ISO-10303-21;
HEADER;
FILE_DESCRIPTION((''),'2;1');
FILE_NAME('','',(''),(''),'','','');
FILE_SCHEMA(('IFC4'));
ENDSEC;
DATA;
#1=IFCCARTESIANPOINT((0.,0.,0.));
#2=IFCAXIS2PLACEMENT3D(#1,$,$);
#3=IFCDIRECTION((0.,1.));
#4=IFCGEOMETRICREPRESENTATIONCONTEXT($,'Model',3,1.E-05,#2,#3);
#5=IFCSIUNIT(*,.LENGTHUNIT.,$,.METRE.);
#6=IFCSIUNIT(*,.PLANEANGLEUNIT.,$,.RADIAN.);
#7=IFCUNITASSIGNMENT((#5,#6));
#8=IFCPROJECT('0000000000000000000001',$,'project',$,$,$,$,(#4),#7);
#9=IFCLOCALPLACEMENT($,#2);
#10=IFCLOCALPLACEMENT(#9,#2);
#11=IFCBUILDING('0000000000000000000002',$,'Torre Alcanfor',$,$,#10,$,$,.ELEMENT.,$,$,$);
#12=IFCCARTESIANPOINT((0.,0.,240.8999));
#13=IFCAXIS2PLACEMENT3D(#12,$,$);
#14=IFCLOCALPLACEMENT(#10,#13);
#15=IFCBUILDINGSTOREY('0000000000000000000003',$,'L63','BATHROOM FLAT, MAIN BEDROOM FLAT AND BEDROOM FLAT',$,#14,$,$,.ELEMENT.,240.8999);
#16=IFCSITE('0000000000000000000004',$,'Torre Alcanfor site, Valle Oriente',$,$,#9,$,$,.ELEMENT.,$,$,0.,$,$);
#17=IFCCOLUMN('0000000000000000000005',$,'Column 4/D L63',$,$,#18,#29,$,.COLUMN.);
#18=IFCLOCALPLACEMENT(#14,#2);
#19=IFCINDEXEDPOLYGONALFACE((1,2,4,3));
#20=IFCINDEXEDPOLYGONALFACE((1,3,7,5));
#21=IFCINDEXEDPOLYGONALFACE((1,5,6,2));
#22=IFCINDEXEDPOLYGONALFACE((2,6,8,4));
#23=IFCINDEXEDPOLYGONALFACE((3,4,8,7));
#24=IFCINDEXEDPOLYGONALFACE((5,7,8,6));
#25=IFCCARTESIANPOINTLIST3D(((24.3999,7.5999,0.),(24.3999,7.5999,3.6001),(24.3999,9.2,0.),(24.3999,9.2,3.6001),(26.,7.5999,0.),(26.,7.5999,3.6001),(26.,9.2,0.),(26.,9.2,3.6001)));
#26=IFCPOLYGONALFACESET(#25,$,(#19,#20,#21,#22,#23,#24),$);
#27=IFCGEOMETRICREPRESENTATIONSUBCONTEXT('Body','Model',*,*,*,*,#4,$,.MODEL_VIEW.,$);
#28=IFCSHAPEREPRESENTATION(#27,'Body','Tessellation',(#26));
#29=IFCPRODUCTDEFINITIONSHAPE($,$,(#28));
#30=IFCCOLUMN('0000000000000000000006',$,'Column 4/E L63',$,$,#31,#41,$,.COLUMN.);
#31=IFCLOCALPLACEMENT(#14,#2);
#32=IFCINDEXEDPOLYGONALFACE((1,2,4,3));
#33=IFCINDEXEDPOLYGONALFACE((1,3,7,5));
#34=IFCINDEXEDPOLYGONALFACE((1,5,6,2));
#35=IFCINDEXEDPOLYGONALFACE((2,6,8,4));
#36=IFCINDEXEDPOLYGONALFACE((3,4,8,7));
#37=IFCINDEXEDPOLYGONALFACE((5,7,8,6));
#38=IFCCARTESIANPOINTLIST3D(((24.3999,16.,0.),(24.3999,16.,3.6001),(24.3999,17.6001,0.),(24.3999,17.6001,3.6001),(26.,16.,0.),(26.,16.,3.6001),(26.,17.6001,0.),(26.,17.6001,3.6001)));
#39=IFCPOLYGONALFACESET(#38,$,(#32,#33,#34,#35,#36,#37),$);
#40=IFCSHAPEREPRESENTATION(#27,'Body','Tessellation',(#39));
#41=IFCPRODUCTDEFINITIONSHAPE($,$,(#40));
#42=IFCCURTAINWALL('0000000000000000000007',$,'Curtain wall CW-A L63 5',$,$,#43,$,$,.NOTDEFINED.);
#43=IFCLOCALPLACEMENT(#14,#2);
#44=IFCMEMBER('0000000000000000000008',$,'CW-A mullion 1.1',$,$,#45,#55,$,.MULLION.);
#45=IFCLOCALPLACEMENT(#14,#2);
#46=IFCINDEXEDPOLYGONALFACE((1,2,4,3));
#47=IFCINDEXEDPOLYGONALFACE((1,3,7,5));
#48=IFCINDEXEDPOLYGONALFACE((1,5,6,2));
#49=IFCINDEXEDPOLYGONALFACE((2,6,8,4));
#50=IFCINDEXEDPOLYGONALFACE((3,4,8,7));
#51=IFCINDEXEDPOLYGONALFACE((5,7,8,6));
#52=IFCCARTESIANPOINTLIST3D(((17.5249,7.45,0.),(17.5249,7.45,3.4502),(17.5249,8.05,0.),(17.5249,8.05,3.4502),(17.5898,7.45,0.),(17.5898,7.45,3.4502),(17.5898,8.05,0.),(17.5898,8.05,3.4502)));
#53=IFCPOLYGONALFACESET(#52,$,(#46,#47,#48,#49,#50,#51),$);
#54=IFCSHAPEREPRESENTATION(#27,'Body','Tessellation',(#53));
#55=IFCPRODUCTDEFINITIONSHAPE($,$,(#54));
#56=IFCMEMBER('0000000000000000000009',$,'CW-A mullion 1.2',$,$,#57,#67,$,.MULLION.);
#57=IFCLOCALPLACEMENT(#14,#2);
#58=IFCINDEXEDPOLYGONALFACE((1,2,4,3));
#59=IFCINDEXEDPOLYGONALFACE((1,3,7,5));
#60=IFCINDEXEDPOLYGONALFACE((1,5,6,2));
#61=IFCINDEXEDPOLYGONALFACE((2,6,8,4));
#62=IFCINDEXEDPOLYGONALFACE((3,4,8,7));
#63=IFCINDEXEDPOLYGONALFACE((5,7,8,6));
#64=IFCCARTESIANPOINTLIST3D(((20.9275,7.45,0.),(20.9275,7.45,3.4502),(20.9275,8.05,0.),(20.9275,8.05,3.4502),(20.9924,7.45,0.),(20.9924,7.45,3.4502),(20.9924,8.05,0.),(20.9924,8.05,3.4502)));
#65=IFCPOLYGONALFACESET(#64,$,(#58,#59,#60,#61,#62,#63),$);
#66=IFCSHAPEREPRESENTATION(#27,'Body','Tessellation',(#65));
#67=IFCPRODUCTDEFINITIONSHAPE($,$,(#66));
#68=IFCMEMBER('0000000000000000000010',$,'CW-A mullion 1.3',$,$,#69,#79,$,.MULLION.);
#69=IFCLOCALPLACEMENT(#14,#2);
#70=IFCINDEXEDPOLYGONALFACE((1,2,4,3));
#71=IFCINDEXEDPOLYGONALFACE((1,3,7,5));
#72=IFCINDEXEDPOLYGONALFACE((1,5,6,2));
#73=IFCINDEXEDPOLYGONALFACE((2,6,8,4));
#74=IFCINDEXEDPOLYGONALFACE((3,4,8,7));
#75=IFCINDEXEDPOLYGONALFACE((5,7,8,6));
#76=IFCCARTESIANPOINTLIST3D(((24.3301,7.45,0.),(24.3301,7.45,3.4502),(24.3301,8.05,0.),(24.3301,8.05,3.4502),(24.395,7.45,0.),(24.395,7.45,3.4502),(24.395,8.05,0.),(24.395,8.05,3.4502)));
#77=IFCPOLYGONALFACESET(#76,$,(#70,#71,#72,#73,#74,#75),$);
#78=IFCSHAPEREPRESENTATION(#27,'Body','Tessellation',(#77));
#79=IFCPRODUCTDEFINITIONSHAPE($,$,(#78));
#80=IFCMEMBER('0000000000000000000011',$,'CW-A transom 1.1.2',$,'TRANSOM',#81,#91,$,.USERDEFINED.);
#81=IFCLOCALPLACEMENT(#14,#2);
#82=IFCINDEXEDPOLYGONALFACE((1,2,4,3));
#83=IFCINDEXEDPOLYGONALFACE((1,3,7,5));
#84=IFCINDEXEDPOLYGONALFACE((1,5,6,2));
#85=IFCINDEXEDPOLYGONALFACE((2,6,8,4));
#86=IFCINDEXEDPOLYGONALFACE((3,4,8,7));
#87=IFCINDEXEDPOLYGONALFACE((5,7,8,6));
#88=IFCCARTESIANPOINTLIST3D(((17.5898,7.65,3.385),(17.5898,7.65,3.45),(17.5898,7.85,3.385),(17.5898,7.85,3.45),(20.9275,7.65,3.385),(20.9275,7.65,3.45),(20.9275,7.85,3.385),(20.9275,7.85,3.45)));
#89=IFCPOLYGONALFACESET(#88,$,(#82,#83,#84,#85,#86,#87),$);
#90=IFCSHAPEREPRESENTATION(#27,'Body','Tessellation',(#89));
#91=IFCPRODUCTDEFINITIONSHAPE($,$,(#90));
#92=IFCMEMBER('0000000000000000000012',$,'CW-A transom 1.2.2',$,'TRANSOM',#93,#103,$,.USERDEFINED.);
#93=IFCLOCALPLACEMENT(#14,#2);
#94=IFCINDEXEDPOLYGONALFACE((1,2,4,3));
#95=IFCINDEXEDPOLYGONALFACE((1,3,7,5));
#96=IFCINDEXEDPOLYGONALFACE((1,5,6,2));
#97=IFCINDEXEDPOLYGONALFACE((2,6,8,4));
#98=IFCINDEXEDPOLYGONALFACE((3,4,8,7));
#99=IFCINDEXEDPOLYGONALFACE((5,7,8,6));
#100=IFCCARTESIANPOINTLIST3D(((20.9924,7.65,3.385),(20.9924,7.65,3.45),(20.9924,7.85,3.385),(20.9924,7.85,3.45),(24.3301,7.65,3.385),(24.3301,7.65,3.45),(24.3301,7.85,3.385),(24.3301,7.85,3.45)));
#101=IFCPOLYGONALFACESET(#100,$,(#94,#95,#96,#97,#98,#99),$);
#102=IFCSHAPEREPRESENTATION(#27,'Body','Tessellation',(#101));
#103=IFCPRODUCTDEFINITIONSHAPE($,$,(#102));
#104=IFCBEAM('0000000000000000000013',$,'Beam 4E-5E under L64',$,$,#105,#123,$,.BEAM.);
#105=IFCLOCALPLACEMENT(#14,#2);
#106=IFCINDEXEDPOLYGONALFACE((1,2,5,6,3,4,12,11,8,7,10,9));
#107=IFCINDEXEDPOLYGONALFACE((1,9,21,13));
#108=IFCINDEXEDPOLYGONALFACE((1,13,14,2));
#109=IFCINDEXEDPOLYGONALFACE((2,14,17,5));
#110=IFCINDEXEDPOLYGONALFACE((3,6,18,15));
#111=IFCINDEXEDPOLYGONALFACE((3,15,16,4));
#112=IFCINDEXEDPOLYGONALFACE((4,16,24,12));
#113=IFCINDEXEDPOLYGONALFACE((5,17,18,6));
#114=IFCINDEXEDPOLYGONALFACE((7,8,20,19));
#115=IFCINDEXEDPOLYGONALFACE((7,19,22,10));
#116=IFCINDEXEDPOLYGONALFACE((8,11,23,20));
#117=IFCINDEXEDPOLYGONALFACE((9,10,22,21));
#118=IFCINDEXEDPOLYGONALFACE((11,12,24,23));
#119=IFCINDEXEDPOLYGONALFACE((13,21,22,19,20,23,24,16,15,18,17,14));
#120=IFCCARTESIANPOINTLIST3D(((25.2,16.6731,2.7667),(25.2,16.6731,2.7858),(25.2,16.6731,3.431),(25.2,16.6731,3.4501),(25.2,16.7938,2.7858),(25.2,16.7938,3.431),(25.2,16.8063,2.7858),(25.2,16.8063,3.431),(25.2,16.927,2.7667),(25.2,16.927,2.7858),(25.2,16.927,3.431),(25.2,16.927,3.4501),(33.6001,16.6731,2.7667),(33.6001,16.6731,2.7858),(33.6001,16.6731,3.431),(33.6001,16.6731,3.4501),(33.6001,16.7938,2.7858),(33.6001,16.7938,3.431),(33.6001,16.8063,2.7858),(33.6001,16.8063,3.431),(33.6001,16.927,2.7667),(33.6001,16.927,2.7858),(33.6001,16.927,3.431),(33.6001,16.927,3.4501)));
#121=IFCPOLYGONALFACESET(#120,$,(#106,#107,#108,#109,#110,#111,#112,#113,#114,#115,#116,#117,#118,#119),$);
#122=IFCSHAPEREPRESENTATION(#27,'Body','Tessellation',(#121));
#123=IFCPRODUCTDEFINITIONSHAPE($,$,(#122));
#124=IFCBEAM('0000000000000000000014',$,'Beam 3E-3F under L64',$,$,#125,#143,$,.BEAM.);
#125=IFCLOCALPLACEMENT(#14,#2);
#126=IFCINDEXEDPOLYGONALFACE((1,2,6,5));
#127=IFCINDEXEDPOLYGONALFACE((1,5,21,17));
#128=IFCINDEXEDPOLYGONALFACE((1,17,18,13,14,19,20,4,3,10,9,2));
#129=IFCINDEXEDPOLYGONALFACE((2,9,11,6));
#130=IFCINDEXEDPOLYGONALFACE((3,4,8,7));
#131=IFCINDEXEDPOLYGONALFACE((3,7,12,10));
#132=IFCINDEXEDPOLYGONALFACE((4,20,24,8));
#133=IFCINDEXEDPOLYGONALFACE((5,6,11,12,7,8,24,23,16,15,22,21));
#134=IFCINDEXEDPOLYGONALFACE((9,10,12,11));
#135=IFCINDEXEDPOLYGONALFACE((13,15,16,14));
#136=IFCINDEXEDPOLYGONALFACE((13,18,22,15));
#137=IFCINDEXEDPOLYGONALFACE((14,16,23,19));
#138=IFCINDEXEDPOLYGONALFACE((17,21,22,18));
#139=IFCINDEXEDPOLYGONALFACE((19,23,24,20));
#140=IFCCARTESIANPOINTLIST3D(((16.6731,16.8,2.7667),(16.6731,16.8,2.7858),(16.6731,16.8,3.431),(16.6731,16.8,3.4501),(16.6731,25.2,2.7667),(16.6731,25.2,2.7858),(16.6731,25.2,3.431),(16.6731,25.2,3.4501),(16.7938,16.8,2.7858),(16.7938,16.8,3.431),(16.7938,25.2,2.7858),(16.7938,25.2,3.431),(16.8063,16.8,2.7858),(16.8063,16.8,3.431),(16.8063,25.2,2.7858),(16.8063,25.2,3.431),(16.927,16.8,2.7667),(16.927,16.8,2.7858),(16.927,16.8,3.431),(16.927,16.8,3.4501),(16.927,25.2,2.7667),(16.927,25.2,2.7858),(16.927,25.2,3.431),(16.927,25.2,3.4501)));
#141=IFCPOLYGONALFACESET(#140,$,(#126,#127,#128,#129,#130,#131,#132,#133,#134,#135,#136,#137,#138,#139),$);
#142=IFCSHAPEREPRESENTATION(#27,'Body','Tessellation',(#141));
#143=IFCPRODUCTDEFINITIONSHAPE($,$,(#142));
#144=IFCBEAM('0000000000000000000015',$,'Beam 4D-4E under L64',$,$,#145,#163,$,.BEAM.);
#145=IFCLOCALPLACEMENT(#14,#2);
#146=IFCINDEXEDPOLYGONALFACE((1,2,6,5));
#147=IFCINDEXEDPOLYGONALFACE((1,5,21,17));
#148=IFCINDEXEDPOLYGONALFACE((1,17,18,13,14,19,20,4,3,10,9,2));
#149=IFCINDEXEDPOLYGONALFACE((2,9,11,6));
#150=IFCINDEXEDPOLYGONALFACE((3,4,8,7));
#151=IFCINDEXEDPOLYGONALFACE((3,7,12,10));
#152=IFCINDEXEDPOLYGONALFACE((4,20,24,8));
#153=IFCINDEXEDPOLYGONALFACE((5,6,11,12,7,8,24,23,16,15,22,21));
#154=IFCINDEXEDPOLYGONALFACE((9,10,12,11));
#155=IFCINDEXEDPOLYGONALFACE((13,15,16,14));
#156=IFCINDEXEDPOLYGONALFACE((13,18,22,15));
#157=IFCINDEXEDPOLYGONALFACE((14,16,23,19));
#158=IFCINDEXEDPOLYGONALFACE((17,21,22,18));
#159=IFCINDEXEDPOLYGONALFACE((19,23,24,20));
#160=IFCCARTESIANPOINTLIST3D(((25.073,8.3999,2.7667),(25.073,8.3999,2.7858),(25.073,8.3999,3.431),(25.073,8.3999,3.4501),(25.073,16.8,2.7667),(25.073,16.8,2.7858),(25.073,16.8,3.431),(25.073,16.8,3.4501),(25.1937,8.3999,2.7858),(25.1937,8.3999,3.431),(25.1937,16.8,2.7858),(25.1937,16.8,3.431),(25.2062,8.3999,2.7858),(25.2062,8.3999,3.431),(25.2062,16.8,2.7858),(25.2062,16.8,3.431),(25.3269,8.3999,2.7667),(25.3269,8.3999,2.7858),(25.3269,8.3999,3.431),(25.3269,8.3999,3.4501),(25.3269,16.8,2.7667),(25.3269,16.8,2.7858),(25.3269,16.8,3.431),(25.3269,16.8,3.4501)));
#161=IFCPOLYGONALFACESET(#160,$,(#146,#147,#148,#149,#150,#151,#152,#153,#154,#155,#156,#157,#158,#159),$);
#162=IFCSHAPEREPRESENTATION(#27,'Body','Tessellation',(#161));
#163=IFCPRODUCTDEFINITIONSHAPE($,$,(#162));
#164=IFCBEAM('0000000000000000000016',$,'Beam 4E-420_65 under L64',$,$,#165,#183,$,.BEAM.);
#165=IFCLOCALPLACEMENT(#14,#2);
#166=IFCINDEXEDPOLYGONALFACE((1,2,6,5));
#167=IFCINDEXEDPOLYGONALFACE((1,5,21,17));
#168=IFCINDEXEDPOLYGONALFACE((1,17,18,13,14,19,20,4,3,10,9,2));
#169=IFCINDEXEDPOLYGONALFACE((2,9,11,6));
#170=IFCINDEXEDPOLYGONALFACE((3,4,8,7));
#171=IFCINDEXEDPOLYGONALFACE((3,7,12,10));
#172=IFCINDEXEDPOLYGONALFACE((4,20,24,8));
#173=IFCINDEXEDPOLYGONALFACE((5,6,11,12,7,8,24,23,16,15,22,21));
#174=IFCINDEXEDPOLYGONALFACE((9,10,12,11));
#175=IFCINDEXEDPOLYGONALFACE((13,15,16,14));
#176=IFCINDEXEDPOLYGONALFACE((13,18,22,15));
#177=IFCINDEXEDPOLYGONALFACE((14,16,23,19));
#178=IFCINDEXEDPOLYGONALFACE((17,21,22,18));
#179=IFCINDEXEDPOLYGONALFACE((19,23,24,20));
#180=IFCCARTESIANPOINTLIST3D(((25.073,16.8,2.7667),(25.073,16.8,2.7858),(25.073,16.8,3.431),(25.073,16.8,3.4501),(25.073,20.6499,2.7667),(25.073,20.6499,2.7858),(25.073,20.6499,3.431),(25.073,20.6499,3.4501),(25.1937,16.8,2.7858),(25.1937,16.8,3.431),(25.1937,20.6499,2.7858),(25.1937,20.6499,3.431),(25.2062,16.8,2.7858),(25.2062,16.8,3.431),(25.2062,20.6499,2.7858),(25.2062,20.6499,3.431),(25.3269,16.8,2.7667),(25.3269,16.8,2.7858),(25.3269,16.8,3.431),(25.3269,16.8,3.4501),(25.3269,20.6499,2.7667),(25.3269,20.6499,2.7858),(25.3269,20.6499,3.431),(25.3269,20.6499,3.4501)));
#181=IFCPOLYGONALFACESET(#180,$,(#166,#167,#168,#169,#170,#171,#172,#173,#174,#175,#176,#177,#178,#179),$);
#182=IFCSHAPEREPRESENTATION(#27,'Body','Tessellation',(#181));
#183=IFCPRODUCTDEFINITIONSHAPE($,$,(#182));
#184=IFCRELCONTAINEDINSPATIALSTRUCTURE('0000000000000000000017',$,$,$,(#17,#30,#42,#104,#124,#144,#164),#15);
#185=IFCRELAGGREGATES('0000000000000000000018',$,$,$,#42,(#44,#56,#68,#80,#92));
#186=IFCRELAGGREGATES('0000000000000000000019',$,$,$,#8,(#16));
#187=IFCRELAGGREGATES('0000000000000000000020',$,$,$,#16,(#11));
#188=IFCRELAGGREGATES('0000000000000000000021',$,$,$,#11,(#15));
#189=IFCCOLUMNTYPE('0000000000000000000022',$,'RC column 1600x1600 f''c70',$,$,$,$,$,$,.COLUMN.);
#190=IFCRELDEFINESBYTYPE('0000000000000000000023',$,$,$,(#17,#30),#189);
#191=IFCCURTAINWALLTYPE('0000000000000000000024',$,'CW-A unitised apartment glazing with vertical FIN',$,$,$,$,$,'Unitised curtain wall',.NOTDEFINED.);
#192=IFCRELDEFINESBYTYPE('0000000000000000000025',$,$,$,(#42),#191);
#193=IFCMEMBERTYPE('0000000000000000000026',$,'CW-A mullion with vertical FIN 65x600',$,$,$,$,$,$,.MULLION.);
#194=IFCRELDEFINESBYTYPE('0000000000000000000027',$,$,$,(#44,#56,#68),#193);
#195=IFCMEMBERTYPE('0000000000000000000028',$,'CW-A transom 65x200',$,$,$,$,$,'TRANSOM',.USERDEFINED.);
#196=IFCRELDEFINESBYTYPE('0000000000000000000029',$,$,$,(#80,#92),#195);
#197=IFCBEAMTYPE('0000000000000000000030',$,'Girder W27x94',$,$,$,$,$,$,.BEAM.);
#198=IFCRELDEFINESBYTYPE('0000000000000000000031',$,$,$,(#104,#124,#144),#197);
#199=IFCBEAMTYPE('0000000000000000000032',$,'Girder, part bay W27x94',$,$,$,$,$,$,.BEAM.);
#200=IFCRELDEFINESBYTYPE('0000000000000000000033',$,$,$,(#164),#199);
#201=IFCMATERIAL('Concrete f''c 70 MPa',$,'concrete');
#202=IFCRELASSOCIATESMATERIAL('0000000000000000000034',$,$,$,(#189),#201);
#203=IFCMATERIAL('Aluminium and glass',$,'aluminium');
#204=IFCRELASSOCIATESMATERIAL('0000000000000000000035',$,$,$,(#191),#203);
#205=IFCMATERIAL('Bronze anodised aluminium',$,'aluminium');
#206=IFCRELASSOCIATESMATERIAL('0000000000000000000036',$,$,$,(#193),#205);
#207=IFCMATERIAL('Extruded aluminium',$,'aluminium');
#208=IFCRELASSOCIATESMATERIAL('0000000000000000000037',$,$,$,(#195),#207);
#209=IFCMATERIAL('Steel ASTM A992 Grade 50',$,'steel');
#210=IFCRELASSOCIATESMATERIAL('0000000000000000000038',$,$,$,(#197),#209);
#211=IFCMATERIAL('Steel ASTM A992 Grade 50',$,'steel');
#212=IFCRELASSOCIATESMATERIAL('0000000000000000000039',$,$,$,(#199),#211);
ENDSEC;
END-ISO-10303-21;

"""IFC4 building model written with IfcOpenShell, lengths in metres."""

from ifc_helpers import new_model, si_unit, direction, frame, origin, origin_2d, place, context, subcontext, project, spatial, rectangle, i_section, extrude, material, material_profile, profile_set, type_object, element, aggregate, save


model = new_model("IFC4")

# Units and contexts
model_context = context("Model", 3, precision=1e-05, world=origin(), true_north=direction((0.0, 1.0)))
body_context = subcontext(model_context, "Body", "Model", "MODEL_VIEW")
ifc_project = project(units=[si_unit("LENGTHUNIT", "METRE"), si_unit("PLANEANGLEUNIT", "RADIAN")], contexts=[model_context])

# Site, building, storey
site_placement = place(None, origin())
site = spatial("IfcSite", under=ifc_project, at=site_placement, Name="Torre Alcanfor site, Valle Oriente", CompositionType="ELEMENT", RefElevation=0.0)
building_placement = place(site_placement, origin())
building = spatial("IfcBuilding", under=site, at=building_placement, Name="Torre Alcanfor", CompositionType="ELEMENT")
storey_placement = place(building_placement, frame((0.0, 0.0, 240.8999)))
storey = spatial("IfcBuildingStorey", under=building, at=storey_placement, Name="L63", Description="BATHROOM FLAT, MAIN BEDROOM FLAT AND BEDROOM FLAT", CompositionType="ELEMENT", Elevation=240.8999)

# Columns
ifc_material_1 = material(Name="Concrete f'c 70 MPa", Category="concrete")
ifc_material_profile_1 = material_profile(ifc_material_1, rectangle(XDim=1.6001, YDim=1.6001, at=origin_2d()), Name="1600x1600")
ifc_profile_set_1 = profile_set([ifc_material_profile_1], Name="Concrete f'c 70 MPa")
column_type = type_object("IfcColumnType", Name="RC column 1600x1600 f'c70", PredefinedType="COLUMN", material=ifc_profile_set_1)
for number, where, z_axis, x_axis, name in (
    (1, (25.2, 8.3999, 0.0), (0.0, 0.0, 1.0), (1.0, 0.0, 0.0), "Column 4/D L63"),
    (2, (25.2, 16.8, 0.0), (0.0, 0.0, 1.0), (1.0, 0.0, 0.0), "Column 4/E L63"),
):
    element("IfcColumn", number, at=place(storey_placement, frame(where, z_axis=z_axis, x_axis=x_axis)), inside=storey, type_object=column_type, Name=name, PredefinedType="COLUMN", context=body_context, shape_type="SweptSolid", body=[
        extrude(rectangle(XDim=1.6001, YDim=1.6001, at=origin_2d()), origin(), (0.0, 0.0, 1.0), 3.6001),
    ])

# Curtain wall, members
ifc_material_2 = material(Name="Aluminium and glass", Category="aluminium")
curtain_wall_type = type_object("IfcCurtainWallType", Name="CW-A unitised apartment glazing with vertical FIN", ElementType="Unitised curtain wall", PredefinedType="NOTDEFINED", material=ifc_material_2)
curtain_wall_placement = place(storey_placement, origin())
curtain_wall = element("IfcCurtainWall", 3, at=curtain_wall_placement, inside=storey, type_object=curtain_wall_type, Name="Curtain wall CW-A L63 5", PredefinedType="NOTDEFINED")
ifc_material_3 = material(Name="Bronze anodised aluminium", Category="aluminium")
ifc_material_profile_2 = material_profile(ifc_material_3, rectangle(XDim=0.6001, YDim=0.0649, at=origin_2d()), Name="CW-A mullion 65x600")
ifc_profile_set_2 = profile_set([ifc_material_profile_2], Name="Bronze anodised aluminium")
member_type_1 = type_object("IfcMemberType", Name="CW-A mullion with vertical FIN 65x600", PredefinedType="MULLION", material=ifc_profile_set_2)
member_1_placement = place(storey_placement, frame((17.5574, 7.75, 0.0), z_axis=(0.0, 0.0, 1.0), x_axis=(0.0, 1.0, 0.0)))
member_1 = element("IfcMember", 4, at=member_1_placement, type_object=member_type_1, Name="CW-A mullion 1.1", PredefinedType="MULLION", context=body_context, shape_type="SweptSolid", body=[
    extrude(rectangle(XDim=0.6001, YDim=0.0649, at=origin_2d()), origin(), (0.0, 0.0, 1.0), 3.4502),
])
member_2_placement = place(storey_placement, frame((20.96, 7.75, 0.0), z_axis=(0.0, 0.0, 1.0), x_axis=(0.0, 1.0, 0.0)))
member_2 = element("IfcMember", 5, at=member_2_placement, type_object=member_type_1, Name="CW-A mullion 1.2", PredefinedType="MULLION", context=body_context, shape_type="SweptSolid", body=[
    extrude(rectangle(XDim=0.6001, YDim=0.0649, at=origin_2d()), origin(), (0.0, 0.0, 1.0), 3.4502),
])
member_3_placement = place(storey_placement, frame((24.3625, 7.75, 0.0), z_axis=(0.0, 0.0, 1.0), x_axis=(0.0, 1.0, 0.0)))
member_3 = element("IfcMember", 6, at=member_3_placement, type_object=member_type_1, Name="CW-A mullion 1.3", PredefinedType="MULLION", context=body_context, shape_type="SweptSolid", body=[
    extrude(rectangle(XDim=0.6001, YDim=0.0649, at=origin_2d()), origin(), (0.0, 0.0, 1.0), 3.4502),
])
ifc_material_4 = material(Name="Extruded aluminium", Category="aluminium")
ifc_material_profile_3 = material_profile(ifc_material_4, rectangle(XDim=0.2, YDim=0.0649, at=origin_2d()), Name="CW-A transom 200x65")
ifc_profile_set_3 = profile_set([ifc_material_profile_3], Name="Extruded aluminium")
member_type_2 = type_object("IfcMemberType", Name="CW-A transom 65x200", ElementType="TRANSOM", PredefinedType="USERDEFINED", material=ifc_profile_set_3)
member_4_placement = place(storey_placement, frame((17.5898, 7.75, 3.4175), z_axis=(1.0, 0.0, 0.0), x_axis=(0.0, 1.0, 0.0)))
member_4 = element("IfcMember", 7, at=member_4_placement, type_object=member_type_2, Name="CW-A transom 1.1.2", ObjectType="TRANSOM", PredefinedType="USERDEFINED", context=body_context, shape_type="SweptSolid", body=[
    extrude(rectangle(XDim=0.2, YDim=0.0649, at=origin_2d()), origin(), (0.0, 0.0, 1.0), 3.3376),
])
member_5_placement = place(storey_placement, frame((20.9924, 7.75, 3.4175), z_axis=(1.0, 0.0, 0.0), x_axis=(0.0, 1.0, 0.0)))
member_5 = element("IfcMember", 8, at=member_5_placement, type_object=member_type_2, Name="CW-A transom 1.2.2", ObjectType="TRANSOM", PredefinedType="USERDEFINED", context=body_context, shape_type="SweptSolid", body=[
    extrude(rectangle(XDim=0.2, YDim=0.0649, at=origin_2d()), origin(), (0.0, 0.0, 1.0), 3.3376),
])

# Beams
ifc_material_5 = material(Name="Steel ASTM A992 Grade 50", Category="steel")
ifc_material_profile_4 = material_profile(ifc_material_5, i_section(OverallWidth=0.2539, OverallDepth=0.6833, WebThickness=0.0125, FlangeThickness=0.019, at=origin_2d()), Name="W27x94")
ifc_profile_set_4 = profile_set([ifc_material_profile_4], Name="Steel ASTM A992 Grade 50")
beam_type_1 = type_object("IfcBeamType", Name="Girder W27x94", PredefinedType="BEAM", material=ifc_profile_set_4)
beam_1_placement = place(storey_placement, frame((25.2, 16.8, 3.1084), z_axis=(1.0, 0.0, 0.0), x_axis=(0.0, 1.0, 0.0)))
element("IfcBeam", 9, at=beam_1_placement, inside=storey, type_object=beam_type_1, Name="Beam 4E-5E under L64", PredefinedType="BEAM", context=body_context, shape_type="SweptSolid", body=[
    extrude(i_section(OverallWidth=0.2539, OverallDepth=0.6833, WebThickness=0.0125, FlangeThickness=0.019, at=origin_2d()), origin(), (0.0, 0.0, 1.0), 8.4001),
])
beam_2_placement = place(storey_placement, frame((16.8, 16.8, 3.1084), z_axis=(0.0, 1.0, 0.0), x_axis=(-1.0, 0.0, 0.0)))
element("IfcBeam", 10, at=beam_2_placement, inside=storey, type_object=beam_type_1, Name="Beam 3E-3F under L64", PredefinedType="BEAM", context=body_context, shape_type="SweptSolid", body=[
    extrude(i_section(OverallWidth=0.2539, OverallDepth=0.6833, WebThickness=0.0125, FlangeThickness=0.019, at=origin_2d()), origin(), (0.0, 0.0, 1.0), 8.3999),
])
beam_3_placement = place(storey_placement, frame((25.2, 8.3999, 3.1084), z_axis=(0.0, 1.0, 0.0), x_axis=(-1.0, 0.0, 0.0)))
element("IfcBeam", 11, at=beam_3_placement, inside=storey, type_object=beam_type_1, Name="Beam 4D-4E under L64", PredefinedType="BEAM", context=body_context, shape_type="SweptSolid", body=[
    extrude(i_section(OverallWidth=0.2539, OverallDepth=0.6833, WebThickness=0.0125, FlangeThickness=0.019, at=origin_2d()), origin(), (0.0, 0.0, 1.0), 8.4001),
])
ifc_material_6 = material(Name="Steel ASTM A992 Grade 50", Category="steel")
ifc_material_profile_5 = material_profile(ifc_material_6, i_section(OverallWidth=0.2539, OverallDepth=0.6833, WebThickness=0.0125, FlangeThickness=0.019, at=origin_2d()), Name="W27x94")
ifc_profile_set_5 = profile_set([ifc_material_profile_5], Name="Steel ASTM A992 Grade 50")
beam_type_2 = type_object("IfcBeamType", Name="Girder, part bay W27x94", PredefinedType="BEAM", material=ifc_profile_set_5)
beam_4_placement = place(storey_placement, frame((25.2, 16.8, 3.1084), z_axis=(0.0, 1.0, 0.0), x_axis=(-1.0, 0.0, 0.0)))
element("IfcBeam", 12, at=beam_4_placement, inside=storey, type_object=beam_type_2, Name="Beam 4E-420_65 under L64", PredefinedType="BEAM", context=body_context, shape_type="SweptSolid", body=[
    extrude(i_section(OverallWidth=0.2539, OverallDepth=0.6833, WebThickness=0.0125, FlangeThickness=0.019, at=origin_2d()), origin(), (0.0, 0.0, 1.0), 3.8499),
])

aggregate(curtain_wall, [member_1, member_2, member_3, member_4, member_5])

save(model, "model.ifc")
